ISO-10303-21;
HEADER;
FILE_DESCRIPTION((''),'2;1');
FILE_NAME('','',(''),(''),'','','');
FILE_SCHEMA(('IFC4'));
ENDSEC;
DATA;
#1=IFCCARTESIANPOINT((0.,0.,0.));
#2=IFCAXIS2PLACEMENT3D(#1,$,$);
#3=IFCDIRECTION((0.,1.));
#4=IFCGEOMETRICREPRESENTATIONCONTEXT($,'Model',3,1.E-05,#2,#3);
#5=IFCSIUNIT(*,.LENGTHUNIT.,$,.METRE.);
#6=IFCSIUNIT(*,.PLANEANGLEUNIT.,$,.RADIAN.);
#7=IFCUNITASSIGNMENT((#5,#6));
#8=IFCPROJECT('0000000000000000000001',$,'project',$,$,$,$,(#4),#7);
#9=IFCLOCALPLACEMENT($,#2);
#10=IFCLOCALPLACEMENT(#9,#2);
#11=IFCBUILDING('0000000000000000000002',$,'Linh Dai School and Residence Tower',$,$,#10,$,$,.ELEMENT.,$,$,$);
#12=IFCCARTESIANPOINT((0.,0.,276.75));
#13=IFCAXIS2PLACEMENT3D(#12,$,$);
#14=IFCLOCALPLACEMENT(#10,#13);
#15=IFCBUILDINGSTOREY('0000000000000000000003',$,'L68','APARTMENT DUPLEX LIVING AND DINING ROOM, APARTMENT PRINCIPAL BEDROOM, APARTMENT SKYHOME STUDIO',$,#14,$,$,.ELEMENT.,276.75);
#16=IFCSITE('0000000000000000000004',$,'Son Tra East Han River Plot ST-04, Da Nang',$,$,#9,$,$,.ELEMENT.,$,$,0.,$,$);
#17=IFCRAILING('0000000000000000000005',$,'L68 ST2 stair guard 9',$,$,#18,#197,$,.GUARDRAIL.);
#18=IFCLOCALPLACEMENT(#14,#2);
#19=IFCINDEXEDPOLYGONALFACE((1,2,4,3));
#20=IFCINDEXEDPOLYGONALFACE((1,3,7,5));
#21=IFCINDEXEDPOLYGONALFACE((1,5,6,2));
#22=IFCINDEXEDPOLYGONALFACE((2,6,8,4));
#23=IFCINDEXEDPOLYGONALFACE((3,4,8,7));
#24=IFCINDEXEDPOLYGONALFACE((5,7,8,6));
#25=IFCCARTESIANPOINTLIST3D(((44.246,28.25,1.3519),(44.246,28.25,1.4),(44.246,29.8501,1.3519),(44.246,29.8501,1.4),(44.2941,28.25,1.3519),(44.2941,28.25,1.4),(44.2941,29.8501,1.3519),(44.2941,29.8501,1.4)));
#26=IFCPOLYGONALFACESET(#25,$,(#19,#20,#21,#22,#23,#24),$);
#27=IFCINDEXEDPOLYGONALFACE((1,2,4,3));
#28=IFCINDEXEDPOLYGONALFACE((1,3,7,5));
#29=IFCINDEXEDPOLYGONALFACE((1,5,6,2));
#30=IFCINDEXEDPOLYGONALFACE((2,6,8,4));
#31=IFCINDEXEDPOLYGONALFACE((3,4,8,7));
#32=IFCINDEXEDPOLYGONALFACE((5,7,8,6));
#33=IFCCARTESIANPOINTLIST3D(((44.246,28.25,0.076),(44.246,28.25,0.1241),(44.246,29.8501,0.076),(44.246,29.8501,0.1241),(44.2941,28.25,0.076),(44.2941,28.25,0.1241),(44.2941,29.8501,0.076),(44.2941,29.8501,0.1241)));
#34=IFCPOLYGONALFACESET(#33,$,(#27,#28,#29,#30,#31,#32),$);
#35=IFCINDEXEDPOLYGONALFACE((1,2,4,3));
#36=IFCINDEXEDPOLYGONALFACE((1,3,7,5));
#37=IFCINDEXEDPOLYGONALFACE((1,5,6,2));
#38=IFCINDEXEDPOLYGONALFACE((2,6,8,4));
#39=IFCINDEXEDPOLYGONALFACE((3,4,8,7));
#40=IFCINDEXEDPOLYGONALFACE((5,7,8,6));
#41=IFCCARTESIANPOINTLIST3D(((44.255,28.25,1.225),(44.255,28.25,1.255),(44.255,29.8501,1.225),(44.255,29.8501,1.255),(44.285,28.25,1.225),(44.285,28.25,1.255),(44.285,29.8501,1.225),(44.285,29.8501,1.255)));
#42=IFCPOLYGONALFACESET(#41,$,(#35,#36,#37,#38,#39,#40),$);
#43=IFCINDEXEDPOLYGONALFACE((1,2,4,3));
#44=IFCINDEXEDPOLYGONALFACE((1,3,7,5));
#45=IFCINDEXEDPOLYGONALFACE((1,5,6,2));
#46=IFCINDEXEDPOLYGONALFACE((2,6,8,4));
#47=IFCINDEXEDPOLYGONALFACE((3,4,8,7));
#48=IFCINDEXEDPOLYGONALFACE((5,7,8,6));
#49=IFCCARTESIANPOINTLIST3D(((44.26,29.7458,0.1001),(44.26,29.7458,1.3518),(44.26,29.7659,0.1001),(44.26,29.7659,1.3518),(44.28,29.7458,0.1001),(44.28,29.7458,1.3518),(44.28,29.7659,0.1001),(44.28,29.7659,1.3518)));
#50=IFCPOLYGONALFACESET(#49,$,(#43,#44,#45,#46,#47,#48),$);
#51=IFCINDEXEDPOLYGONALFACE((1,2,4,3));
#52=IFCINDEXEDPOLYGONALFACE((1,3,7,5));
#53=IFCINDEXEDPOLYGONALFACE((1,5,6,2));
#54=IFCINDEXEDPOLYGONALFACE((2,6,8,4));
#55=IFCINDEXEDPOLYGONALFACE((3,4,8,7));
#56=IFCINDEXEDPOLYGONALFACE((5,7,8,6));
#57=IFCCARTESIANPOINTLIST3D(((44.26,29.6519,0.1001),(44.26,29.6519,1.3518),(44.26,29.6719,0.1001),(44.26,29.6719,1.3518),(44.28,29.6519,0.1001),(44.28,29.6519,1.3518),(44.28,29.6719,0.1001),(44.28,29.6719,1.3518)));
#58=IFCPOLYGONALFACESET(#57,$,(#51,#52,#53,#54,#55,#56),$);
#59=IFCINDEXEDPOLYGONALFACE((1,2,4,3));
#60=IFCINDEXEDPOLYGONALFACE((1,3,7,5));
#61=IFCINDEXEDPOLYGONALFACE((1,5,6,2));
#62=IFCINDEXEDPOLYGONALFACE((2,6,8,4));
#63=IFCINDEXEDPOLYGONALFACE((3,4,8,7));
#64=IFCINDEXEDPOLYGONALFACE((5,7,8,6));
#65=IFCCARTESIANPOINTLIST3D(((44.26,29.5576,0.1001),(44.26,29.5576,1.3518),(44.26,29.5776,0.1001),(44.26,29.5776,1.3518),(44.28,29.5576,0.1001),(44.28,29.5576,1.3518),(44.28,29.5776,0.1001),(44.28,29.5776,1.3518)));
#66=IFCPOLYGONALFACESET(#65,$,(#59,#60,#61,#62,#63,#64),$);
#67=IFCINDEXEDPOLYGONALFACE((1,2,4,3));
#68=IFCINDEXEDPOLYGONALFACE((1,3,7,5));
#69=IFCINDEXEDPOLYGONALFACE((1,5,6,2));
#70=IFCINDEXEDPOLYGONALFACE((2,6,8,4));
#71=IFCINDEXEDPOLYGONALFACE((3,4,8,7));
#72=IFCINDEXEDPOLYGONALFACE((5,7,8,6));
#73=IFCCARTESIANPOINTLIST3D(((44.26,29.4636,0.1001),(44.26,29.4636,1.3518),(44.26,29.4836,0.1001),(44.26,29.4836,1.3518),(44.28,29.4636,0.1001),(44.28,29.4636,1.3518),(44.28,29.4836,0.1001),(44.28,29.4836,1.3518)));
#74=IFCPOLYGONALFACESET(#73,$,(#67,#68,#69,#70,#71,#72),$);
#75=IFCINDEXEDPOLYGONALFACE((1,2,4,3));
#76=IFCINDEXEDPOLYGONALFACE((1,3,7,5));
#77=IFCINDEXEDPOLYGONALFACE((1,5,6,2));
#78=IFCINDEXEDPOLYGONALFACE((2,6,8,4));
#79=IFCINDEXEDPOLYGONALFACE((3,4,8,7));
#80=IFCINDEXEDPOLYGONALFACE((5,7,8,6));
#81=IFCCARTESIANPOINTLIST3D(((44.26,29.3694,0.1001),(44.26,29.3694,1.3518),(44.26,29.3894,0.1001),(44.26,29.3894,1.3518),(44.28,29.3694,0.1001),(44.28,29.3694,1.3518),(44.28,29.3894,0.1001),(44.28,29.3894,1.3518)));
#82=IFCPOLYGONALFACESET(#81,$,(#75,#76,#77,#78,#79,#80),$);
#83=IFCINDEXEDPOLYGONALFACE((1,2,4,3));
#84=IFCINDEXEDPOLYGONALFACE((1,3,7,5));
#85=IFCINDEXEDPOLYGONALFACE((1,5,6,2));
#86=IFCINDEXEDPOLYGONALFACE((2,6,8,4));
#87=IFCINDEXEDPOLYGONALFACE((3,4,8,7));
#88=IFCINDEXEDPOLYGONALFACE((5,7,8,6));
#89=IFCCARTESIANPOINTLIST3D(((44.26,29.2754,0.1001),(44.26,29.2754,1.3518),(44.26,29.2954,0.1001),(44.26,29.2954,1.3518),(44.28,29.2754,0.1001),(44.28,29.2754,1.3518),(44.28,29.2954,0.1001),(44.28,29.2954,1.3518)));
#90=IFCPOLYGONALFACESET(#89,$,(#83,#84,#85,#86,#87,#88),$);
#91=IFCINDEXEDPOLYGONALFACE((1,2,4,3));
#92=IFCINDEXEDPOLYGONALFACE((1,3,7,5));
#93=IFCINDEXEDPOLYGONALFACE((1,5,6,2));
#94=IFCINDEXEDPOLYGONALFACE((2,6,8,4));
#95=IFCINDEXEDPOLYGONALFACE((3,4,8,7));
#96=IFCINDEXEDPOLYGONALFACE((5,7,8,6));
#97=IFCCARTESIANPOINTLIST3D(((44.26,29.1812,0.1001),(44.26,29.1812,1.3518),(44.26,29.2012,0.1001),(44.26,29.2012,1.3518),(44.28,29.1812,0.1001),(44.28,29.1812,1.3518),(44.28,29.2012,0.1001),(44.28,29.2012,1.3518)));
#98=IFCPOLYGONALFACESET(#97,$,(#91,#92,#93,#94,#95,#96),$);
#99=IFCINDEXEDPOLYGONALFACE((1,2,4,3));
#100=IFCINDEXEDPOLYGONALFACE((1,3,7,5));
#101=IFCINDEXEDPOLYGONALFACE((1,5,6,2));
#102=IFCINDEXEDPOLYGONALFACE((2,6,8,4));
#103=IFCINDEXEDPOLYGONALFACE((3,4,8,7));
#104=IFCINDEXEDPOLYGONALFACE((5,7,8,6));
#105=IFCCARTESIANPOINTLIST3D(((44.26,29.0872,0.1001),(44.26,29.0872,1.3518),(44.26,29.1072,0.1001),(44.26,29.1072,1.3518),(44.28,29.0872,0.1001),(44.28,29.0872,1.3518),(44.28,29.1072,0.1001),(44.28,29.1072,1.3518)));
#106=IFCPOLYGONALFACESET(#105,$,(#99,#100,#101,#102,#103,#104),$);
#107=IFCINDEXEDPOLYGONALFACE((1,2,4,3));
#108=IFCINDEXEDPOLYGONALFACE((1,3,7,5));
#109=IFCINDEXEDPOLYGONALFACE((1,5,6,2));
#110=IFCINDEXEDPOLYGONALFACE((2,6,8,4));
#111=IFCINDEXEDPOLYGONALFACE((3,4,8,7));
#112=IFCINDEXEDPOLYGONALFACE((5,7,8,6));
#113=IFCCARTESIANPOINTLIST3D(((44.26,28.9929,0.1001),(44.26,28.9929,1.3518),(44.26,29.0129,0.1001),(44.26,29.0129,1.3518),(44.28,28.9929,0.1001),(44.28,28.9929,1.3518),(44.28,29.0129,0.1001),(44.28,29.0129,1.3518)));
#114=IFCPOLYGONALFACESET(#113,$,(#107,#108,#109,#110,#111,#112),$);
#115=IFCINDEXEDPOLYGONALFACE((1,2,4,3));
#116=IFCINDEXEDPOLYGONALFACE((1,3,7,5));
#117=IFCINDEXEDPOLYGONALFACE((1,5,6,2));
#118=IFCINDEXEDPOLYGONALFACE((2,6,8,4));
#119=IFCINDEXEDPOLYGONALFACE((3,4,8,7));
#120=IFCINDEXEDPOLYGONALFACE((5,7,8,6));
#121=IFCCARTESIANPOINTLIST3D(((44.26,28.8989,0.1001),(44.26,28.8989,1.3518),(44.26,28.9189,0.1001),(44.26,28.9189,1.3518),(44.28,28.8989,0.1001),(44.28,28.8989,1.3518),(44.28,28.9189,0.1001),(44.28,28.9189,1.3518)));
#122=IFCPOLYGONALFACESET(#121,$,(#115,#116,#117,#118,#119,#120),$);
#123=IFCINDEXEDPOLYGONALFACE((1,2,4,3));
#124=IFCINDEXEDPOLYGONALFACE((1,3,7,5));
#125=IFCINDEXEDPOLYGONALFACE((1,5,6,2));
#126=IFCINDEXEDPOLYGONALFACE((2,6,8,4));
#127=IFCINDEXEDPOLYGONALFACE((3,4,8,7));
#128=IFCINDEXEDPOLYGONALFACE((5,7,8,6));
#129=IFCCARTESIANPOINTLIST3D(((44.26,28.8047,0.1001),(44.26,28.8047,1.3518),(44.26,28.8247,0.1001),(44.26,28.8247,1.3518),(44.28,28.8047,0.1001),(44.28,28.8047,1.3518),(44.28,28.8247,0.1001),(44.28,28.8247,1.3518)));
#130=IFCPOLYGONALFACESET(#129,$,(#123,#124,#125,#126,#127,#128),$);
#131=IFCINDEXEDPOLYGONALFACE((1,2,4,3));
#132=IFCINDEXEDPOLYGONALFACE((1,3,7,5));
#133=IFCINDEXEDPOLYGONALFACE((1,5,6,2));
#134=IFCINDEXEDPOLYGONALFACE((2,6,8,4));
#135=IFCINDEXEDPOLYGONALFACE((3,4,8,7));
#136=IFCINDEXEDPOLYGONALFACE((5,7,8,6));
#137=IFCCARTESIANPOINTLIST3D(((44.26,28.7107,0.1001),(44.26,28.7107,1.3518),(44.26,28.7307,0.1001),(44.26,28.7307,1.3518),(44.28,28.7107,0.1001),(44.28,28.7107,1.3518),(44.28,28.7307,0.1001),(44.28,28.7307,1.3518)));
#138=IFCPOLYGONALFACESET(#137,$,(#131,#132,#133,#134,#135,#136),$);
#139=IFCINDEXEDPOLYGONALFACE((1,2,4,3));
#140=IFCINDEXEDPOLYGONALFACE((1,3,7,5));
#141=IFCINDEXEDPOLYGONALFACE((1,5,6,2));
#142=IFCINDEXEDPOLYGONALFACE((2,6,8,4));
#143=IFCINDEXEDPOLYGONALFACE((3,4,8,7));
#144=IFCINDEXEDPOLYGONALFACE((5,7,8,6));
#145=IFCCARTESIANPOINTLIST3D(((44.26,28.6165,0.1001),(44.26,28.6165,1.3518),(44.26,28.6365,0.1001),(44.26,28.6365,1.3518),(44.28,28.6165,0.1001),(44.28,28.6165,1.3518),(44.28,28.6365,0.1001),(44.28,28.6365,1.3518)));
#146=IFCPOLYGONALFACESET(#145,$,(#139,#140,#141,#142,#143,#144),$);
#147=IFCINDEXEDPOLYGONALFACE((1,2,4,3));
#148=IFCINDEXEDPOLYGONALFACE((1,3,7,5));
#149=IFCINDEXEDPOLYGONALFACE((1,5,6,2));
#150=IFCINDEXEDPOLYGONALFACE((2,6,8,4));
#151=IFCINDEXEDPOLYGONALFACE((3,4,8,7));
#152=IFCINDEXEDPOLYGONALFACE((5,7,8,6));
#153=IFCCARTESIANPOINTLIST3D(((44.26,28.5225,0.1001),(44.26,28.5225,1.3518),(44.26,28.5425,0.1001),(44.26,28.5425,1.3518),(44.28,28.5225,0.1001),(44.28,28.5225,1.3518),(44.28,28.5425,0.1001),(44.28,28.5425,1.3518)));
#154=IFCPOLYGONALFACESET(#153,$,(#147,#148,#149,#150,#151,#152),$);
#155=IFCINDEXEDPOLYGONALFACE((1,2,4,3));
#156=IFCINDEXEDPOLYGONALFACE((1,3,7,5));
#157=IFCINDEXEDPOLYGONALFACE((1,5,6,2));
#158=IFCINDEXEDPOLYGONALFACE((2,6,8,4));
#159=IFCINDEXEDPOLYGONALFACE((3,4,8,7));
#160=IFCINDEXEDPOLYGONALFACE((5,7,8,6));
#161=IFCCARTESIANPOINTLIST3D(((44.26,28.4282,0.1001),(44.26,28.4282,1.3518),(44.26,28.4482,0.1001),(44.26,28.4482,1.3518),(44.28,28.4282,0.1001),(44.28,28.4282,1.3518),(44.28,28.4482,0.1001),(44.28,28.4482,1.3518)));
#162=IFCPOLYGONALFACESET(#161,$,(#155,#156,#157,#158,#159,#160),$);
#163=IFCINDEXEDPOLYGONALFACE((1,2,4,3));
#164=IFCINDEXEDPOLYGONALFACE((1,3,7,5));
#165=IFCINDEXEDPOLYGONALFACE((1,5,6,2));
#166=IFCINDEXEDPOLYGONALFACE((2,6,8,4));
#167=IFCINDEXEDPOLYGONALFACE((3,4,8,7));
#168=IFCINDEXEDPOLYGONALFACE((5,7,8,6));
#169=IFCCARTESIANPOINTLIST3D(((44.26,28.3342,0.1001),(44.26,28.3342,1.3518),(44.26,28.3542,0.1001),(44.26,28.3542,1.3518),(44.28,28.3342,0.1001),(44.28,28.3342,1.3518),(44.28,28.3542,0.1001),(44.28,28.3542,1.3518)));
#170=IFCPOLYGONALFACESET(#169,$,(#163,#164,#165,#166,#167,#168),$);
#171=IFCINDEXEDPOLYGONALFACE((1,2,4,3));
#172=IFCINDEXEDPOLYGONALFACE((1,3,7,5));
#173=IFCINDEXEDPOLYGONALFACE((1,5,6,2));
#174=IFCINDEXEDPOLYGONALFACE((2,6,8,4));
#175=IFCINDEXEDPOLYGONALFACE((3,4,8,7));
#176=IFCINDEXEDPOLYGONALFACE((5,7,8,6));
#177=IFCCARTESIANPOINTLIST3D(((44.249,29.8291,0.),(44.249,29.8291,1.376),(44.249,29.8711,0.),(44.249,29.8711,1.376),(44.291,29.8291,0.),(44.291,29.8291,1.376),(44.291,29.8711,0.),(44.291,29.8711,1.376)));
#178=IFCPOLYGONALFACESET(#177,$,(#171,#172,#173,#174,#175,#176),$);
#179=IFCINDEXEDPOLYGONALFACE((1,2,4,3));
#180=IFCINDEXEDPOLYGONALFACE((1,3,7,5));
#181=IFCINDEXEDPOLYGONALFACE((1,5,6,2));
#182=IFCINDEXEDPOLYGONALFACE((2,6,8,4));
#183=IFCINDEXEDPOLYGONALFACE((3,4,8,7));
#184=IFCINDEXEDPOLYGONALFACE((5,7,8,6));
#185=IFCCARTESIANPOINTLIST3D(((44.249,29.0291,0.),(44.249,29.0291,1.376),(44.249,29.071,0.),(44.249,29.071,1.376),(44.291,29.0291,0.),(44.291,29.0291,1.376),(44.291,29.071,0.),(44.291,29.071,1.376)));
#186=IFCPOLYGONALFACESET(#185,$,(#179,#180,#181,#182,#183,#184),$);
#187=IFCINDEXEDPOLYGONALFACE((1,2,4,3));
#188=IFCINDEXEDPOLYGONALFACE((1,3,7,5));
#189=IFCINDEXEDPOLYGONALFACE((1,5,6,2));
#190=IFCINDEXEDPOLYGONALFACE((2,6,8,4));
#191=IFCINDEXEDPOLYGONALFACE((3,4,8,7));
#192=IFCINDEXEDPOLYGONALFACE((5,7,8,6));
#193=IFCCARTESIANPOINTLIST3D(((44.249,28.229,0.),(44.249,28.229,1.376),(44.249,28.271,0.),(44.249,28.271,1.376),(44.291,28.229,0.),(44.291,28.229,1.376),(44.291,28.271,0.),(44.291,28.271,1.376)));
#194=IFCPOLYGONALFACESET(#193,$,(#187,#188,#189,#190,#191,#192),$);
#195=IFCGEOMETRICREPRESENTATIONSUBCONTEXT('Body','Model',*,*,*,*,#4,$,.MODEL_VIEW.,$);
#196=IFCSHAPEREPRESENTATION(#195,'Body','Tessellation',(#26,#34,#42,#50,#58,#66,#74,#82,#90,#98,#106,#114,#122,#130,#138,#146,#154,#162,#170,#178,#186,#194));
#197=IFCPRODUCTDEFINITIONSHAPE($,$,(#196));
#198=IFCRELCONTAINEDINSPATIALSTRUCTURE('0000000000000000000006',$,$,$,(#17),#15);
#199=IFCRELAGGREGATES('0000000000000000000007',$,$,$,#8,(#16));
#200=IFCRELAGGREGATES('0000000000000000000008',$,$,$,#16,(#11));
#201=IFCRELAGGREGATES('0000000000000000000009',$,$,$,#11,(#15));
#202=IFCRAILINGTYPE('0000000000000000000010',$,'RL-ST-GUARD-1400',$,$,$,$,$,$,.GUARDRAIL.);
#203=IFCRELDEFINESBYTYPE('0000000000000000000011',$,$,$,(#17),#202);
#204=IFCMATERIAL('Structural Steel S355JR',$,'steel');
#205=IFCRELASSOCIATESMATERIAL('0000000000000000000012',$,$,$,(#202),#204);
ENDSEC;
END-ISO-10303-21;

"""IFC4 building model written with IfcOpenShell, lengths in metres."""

from ifc_helpers import new_model, si_unit, direction, frame, origin, origin_2d, place, context, subcontext, project, spatial, rectangle, extrude, source, transform, mapped, material, type_object, element, save


model = new_model("IFC4")

# Units and contexts
model_context = context("Model", 3, precision=1e-05, world=origin(), true_north=direction((0.0, 1.0)))
body_context = subcontext(model_context, "Body", "Model", "MODEL_VIEW")
ifc_project = project(units=[si_unit("LENGTHUNIT", "METRE"), si_unit("PLANEANGLEUNIT", "RADIAN")], contexts=[model_context])

# Site, building, storey
site_placement = place(None, origin())
site = spatial("IfcSite", under=ifc_project, at=site_placement, Name="Son Tra East Han River Plot ST-04, Da Nang", CompositionType="ELEMENT", RefElevation=0.0)
building_placement = place(site_placement, origin())
building = spatial("IfcBuilding", under=site, at=building_placement, Name="Linh Dai School and Residence Tower", CompositionType="ELEMENT")
storey_placement = place(building_placement, frame((0.0, 0.0, 276.75)))
storey = spatial("IfcBuildingStorey", under=building, at=storey_placement, Name="L68", Description="APARTMENT DUPLEX LIVING AND DINING ROOM, APARTMENT PRINCIPAL BEDROOM, APARTMENT SKYHOME STUDIO", CompositionType="ELEMENT", Elevation=276.75)

# Shared definitions
ifc_material_1 = material(Name="Structural Steel S355JR", Category="steel")

# Railing
railing_type = type_object("IfcRailingType", Name="RL-ST-GUARD-1400", PredefinedType="GUARDRAIL", material=ifc_material_1)
shared_shape_1 = source(origin(), body_context, "Body", "SweptSolid", [
    extrude(rectangle(XDim=0.0481, YDim=0.0481, at=origin_2d()), frame((0.0, 0.0, 1.376), z_axis=(0.0, -1.0, 0.0), x_axis=(1.0, 0.0, 0.0)), (0.0, 0.0, 1.0), 1.6001),
    extrude(rectangle(XDim=0.0481, YDim=0.0481, at=origin_2d()), frame((0.0, 0.0, 0.1001), z_axis=(0.0, -1.0, 0.0), x_axis=(1.0, 0.0, 0.0)), (0.0, 0.0, 1.0), 1.6001),
    extrude(rectangle(XDim=0.03, YDim=0.03, at=origin_2d()), frame((0.0, 0.0, 1.24), z_axis=(0.0, -1.0, 0.0), x_axis=(1.0, 0.0, 0.0)), (0.0, 0.0, 1.0), 1.6001),
    extrude(rectangle(XDim=0.02, YDim=0.02, at=origin_2d()), frame((0.0, -0.0942, 0.1001)), (0.0, 0.0, 1.0), 1.2517),
    extrude(rectangle(XDim=0.02, YDim=0.02, at=origin_2d()), frame((0.0, -0.1882, 0.1001)), (0.0, 0.0, 1.0), 1.2517),
    extrude(rectangle(XDim=0.02, YDim=0.02, at=origin_2d()), frame((0.0, -0.2825, 0.1001)), (0.0, 0.0, 1.0), 1.2517),
    extrude(rectangle(XDim=0.02, YDim=0.02, at=origin_2d()), frame((0.0, -0.3765, 0.1001)), (0.0, 0.0, 1.0), 1.2517),
    extrude(rectangle(XDim=0.02, YDim=0.02, at=origin_2d()), frame((0.0, -0.4707, 0.1001)), (0.0, 0.0, 1.0), 1.2517),
    extrude(rectangle(XDim=0.02, YDim=0.02, at=origin_2d()), frame((0.0, -0.5647, 0.1001)), (0.0, 0.0, 1.0), 1.2517),
    extrude(rectangle(XDim=0.02, YDim=0.02, at=origin_2d()), frame((0.0, -0.6589, 0.1001)), (0.0, 0.0, 1.0), 1.2517),
    extrude(rectangle(XDim=0.02, YDim=0.02, at=origin_2d()), frame((0.0, -0.7529, 0.1001)), (0.0, 0.0, 1.0), 1.2517),
    extrude(rectangle(XDim=0.02, YDim=0.02, at=origin_2d()), frame((0.0, -0.8472, 0.1001)), (0.0, 0.0, 1.0), 1.2517),
    extrude(rectangle(XDim=0.02, YDim=0.02, at=origin_2d()), frame((0.0, -0.9412, 0.1001)), (0.0, 0.0, 1.0), 1.2517),
    extrude(rectangle(XDim=0.02, YDim=0.02, at=origin_2d()), frame((0.0, -1.0354, 0.1001)), (0.0, 0.0, 1.0), 1.2517),
    extrude(rectangle(XDim=0.02, YDim=0.02, at=origin_2d()), frame((0.0, -1.1294, 0.1001)), (0.0, 0.0, 1.0), 1.2517),
    extrude(rectangle(XDim=0.02, YDim=0.02, at=origin_2d()), frame((0.0, -1.2236, 0.1001)), (0.0, 0.0, 1.0), 1.2517),
    extrude(rectangle(XDim=0.02, YDim=0.02, at=origin_2d()), frame((0.0, -1.3176, 0.1001)), (0.0, 0.0, 1.0), 1.2517),
    extrude(rectangle(XDim=0.02, YDim=0.02, at=origin_2d()), frame((0.0, -1.4119, 0.1001)), (0.0, 0.0, 1.0), 1.2517),
    extrude(rectangle(XDim=0.02, YDim=0.02, at=origin_2d()), frame((0.0, -1.5059, 0.1001)), (0.0, 0.0, 1.0), 1.2517),
    extrude(rectangle(XDim=0.042, YDim=0.042, at=origin_2d()), origin(), (0.0, 0.0, 1.0), 1.376),
    extrude(rectangle(XDim=0.042, YDim=0.042, at=origin_2d()), frame((0.0, -0.8, 0.0)), (0.0, 0.0, 1.0), 1.376),
    extrude(rectangle(XDim=0.042, YDim=0.042, at=origin_2d()), frame((0.0, -1.6001, 0.0)), (0.0, 0.0, 1.0), 1.376),
])
for number, where, name in (
    (1, (44.27, 29.8501, 0.0), "L68 ST2 stair guard 9"),
):
    element("IfcRailing", number, at=place(storey_placement, frame(where)), inside=storey, type_object=railing_type, Name=name, PredefinedType="GUARDRAIL", context=body_context, shape_type="MappedRepresentation", body=[
        mapped(shared_shape_1, transform((0.0, 0.0, 0.0), x_axis=(1.0, 0.0, 0.0), y_axis=(0.0, 1.0, 0.0), z_axis=(0.0, 0.0, 1.0), scale=1.0)),
    ])

save(model, "model.ifc")
